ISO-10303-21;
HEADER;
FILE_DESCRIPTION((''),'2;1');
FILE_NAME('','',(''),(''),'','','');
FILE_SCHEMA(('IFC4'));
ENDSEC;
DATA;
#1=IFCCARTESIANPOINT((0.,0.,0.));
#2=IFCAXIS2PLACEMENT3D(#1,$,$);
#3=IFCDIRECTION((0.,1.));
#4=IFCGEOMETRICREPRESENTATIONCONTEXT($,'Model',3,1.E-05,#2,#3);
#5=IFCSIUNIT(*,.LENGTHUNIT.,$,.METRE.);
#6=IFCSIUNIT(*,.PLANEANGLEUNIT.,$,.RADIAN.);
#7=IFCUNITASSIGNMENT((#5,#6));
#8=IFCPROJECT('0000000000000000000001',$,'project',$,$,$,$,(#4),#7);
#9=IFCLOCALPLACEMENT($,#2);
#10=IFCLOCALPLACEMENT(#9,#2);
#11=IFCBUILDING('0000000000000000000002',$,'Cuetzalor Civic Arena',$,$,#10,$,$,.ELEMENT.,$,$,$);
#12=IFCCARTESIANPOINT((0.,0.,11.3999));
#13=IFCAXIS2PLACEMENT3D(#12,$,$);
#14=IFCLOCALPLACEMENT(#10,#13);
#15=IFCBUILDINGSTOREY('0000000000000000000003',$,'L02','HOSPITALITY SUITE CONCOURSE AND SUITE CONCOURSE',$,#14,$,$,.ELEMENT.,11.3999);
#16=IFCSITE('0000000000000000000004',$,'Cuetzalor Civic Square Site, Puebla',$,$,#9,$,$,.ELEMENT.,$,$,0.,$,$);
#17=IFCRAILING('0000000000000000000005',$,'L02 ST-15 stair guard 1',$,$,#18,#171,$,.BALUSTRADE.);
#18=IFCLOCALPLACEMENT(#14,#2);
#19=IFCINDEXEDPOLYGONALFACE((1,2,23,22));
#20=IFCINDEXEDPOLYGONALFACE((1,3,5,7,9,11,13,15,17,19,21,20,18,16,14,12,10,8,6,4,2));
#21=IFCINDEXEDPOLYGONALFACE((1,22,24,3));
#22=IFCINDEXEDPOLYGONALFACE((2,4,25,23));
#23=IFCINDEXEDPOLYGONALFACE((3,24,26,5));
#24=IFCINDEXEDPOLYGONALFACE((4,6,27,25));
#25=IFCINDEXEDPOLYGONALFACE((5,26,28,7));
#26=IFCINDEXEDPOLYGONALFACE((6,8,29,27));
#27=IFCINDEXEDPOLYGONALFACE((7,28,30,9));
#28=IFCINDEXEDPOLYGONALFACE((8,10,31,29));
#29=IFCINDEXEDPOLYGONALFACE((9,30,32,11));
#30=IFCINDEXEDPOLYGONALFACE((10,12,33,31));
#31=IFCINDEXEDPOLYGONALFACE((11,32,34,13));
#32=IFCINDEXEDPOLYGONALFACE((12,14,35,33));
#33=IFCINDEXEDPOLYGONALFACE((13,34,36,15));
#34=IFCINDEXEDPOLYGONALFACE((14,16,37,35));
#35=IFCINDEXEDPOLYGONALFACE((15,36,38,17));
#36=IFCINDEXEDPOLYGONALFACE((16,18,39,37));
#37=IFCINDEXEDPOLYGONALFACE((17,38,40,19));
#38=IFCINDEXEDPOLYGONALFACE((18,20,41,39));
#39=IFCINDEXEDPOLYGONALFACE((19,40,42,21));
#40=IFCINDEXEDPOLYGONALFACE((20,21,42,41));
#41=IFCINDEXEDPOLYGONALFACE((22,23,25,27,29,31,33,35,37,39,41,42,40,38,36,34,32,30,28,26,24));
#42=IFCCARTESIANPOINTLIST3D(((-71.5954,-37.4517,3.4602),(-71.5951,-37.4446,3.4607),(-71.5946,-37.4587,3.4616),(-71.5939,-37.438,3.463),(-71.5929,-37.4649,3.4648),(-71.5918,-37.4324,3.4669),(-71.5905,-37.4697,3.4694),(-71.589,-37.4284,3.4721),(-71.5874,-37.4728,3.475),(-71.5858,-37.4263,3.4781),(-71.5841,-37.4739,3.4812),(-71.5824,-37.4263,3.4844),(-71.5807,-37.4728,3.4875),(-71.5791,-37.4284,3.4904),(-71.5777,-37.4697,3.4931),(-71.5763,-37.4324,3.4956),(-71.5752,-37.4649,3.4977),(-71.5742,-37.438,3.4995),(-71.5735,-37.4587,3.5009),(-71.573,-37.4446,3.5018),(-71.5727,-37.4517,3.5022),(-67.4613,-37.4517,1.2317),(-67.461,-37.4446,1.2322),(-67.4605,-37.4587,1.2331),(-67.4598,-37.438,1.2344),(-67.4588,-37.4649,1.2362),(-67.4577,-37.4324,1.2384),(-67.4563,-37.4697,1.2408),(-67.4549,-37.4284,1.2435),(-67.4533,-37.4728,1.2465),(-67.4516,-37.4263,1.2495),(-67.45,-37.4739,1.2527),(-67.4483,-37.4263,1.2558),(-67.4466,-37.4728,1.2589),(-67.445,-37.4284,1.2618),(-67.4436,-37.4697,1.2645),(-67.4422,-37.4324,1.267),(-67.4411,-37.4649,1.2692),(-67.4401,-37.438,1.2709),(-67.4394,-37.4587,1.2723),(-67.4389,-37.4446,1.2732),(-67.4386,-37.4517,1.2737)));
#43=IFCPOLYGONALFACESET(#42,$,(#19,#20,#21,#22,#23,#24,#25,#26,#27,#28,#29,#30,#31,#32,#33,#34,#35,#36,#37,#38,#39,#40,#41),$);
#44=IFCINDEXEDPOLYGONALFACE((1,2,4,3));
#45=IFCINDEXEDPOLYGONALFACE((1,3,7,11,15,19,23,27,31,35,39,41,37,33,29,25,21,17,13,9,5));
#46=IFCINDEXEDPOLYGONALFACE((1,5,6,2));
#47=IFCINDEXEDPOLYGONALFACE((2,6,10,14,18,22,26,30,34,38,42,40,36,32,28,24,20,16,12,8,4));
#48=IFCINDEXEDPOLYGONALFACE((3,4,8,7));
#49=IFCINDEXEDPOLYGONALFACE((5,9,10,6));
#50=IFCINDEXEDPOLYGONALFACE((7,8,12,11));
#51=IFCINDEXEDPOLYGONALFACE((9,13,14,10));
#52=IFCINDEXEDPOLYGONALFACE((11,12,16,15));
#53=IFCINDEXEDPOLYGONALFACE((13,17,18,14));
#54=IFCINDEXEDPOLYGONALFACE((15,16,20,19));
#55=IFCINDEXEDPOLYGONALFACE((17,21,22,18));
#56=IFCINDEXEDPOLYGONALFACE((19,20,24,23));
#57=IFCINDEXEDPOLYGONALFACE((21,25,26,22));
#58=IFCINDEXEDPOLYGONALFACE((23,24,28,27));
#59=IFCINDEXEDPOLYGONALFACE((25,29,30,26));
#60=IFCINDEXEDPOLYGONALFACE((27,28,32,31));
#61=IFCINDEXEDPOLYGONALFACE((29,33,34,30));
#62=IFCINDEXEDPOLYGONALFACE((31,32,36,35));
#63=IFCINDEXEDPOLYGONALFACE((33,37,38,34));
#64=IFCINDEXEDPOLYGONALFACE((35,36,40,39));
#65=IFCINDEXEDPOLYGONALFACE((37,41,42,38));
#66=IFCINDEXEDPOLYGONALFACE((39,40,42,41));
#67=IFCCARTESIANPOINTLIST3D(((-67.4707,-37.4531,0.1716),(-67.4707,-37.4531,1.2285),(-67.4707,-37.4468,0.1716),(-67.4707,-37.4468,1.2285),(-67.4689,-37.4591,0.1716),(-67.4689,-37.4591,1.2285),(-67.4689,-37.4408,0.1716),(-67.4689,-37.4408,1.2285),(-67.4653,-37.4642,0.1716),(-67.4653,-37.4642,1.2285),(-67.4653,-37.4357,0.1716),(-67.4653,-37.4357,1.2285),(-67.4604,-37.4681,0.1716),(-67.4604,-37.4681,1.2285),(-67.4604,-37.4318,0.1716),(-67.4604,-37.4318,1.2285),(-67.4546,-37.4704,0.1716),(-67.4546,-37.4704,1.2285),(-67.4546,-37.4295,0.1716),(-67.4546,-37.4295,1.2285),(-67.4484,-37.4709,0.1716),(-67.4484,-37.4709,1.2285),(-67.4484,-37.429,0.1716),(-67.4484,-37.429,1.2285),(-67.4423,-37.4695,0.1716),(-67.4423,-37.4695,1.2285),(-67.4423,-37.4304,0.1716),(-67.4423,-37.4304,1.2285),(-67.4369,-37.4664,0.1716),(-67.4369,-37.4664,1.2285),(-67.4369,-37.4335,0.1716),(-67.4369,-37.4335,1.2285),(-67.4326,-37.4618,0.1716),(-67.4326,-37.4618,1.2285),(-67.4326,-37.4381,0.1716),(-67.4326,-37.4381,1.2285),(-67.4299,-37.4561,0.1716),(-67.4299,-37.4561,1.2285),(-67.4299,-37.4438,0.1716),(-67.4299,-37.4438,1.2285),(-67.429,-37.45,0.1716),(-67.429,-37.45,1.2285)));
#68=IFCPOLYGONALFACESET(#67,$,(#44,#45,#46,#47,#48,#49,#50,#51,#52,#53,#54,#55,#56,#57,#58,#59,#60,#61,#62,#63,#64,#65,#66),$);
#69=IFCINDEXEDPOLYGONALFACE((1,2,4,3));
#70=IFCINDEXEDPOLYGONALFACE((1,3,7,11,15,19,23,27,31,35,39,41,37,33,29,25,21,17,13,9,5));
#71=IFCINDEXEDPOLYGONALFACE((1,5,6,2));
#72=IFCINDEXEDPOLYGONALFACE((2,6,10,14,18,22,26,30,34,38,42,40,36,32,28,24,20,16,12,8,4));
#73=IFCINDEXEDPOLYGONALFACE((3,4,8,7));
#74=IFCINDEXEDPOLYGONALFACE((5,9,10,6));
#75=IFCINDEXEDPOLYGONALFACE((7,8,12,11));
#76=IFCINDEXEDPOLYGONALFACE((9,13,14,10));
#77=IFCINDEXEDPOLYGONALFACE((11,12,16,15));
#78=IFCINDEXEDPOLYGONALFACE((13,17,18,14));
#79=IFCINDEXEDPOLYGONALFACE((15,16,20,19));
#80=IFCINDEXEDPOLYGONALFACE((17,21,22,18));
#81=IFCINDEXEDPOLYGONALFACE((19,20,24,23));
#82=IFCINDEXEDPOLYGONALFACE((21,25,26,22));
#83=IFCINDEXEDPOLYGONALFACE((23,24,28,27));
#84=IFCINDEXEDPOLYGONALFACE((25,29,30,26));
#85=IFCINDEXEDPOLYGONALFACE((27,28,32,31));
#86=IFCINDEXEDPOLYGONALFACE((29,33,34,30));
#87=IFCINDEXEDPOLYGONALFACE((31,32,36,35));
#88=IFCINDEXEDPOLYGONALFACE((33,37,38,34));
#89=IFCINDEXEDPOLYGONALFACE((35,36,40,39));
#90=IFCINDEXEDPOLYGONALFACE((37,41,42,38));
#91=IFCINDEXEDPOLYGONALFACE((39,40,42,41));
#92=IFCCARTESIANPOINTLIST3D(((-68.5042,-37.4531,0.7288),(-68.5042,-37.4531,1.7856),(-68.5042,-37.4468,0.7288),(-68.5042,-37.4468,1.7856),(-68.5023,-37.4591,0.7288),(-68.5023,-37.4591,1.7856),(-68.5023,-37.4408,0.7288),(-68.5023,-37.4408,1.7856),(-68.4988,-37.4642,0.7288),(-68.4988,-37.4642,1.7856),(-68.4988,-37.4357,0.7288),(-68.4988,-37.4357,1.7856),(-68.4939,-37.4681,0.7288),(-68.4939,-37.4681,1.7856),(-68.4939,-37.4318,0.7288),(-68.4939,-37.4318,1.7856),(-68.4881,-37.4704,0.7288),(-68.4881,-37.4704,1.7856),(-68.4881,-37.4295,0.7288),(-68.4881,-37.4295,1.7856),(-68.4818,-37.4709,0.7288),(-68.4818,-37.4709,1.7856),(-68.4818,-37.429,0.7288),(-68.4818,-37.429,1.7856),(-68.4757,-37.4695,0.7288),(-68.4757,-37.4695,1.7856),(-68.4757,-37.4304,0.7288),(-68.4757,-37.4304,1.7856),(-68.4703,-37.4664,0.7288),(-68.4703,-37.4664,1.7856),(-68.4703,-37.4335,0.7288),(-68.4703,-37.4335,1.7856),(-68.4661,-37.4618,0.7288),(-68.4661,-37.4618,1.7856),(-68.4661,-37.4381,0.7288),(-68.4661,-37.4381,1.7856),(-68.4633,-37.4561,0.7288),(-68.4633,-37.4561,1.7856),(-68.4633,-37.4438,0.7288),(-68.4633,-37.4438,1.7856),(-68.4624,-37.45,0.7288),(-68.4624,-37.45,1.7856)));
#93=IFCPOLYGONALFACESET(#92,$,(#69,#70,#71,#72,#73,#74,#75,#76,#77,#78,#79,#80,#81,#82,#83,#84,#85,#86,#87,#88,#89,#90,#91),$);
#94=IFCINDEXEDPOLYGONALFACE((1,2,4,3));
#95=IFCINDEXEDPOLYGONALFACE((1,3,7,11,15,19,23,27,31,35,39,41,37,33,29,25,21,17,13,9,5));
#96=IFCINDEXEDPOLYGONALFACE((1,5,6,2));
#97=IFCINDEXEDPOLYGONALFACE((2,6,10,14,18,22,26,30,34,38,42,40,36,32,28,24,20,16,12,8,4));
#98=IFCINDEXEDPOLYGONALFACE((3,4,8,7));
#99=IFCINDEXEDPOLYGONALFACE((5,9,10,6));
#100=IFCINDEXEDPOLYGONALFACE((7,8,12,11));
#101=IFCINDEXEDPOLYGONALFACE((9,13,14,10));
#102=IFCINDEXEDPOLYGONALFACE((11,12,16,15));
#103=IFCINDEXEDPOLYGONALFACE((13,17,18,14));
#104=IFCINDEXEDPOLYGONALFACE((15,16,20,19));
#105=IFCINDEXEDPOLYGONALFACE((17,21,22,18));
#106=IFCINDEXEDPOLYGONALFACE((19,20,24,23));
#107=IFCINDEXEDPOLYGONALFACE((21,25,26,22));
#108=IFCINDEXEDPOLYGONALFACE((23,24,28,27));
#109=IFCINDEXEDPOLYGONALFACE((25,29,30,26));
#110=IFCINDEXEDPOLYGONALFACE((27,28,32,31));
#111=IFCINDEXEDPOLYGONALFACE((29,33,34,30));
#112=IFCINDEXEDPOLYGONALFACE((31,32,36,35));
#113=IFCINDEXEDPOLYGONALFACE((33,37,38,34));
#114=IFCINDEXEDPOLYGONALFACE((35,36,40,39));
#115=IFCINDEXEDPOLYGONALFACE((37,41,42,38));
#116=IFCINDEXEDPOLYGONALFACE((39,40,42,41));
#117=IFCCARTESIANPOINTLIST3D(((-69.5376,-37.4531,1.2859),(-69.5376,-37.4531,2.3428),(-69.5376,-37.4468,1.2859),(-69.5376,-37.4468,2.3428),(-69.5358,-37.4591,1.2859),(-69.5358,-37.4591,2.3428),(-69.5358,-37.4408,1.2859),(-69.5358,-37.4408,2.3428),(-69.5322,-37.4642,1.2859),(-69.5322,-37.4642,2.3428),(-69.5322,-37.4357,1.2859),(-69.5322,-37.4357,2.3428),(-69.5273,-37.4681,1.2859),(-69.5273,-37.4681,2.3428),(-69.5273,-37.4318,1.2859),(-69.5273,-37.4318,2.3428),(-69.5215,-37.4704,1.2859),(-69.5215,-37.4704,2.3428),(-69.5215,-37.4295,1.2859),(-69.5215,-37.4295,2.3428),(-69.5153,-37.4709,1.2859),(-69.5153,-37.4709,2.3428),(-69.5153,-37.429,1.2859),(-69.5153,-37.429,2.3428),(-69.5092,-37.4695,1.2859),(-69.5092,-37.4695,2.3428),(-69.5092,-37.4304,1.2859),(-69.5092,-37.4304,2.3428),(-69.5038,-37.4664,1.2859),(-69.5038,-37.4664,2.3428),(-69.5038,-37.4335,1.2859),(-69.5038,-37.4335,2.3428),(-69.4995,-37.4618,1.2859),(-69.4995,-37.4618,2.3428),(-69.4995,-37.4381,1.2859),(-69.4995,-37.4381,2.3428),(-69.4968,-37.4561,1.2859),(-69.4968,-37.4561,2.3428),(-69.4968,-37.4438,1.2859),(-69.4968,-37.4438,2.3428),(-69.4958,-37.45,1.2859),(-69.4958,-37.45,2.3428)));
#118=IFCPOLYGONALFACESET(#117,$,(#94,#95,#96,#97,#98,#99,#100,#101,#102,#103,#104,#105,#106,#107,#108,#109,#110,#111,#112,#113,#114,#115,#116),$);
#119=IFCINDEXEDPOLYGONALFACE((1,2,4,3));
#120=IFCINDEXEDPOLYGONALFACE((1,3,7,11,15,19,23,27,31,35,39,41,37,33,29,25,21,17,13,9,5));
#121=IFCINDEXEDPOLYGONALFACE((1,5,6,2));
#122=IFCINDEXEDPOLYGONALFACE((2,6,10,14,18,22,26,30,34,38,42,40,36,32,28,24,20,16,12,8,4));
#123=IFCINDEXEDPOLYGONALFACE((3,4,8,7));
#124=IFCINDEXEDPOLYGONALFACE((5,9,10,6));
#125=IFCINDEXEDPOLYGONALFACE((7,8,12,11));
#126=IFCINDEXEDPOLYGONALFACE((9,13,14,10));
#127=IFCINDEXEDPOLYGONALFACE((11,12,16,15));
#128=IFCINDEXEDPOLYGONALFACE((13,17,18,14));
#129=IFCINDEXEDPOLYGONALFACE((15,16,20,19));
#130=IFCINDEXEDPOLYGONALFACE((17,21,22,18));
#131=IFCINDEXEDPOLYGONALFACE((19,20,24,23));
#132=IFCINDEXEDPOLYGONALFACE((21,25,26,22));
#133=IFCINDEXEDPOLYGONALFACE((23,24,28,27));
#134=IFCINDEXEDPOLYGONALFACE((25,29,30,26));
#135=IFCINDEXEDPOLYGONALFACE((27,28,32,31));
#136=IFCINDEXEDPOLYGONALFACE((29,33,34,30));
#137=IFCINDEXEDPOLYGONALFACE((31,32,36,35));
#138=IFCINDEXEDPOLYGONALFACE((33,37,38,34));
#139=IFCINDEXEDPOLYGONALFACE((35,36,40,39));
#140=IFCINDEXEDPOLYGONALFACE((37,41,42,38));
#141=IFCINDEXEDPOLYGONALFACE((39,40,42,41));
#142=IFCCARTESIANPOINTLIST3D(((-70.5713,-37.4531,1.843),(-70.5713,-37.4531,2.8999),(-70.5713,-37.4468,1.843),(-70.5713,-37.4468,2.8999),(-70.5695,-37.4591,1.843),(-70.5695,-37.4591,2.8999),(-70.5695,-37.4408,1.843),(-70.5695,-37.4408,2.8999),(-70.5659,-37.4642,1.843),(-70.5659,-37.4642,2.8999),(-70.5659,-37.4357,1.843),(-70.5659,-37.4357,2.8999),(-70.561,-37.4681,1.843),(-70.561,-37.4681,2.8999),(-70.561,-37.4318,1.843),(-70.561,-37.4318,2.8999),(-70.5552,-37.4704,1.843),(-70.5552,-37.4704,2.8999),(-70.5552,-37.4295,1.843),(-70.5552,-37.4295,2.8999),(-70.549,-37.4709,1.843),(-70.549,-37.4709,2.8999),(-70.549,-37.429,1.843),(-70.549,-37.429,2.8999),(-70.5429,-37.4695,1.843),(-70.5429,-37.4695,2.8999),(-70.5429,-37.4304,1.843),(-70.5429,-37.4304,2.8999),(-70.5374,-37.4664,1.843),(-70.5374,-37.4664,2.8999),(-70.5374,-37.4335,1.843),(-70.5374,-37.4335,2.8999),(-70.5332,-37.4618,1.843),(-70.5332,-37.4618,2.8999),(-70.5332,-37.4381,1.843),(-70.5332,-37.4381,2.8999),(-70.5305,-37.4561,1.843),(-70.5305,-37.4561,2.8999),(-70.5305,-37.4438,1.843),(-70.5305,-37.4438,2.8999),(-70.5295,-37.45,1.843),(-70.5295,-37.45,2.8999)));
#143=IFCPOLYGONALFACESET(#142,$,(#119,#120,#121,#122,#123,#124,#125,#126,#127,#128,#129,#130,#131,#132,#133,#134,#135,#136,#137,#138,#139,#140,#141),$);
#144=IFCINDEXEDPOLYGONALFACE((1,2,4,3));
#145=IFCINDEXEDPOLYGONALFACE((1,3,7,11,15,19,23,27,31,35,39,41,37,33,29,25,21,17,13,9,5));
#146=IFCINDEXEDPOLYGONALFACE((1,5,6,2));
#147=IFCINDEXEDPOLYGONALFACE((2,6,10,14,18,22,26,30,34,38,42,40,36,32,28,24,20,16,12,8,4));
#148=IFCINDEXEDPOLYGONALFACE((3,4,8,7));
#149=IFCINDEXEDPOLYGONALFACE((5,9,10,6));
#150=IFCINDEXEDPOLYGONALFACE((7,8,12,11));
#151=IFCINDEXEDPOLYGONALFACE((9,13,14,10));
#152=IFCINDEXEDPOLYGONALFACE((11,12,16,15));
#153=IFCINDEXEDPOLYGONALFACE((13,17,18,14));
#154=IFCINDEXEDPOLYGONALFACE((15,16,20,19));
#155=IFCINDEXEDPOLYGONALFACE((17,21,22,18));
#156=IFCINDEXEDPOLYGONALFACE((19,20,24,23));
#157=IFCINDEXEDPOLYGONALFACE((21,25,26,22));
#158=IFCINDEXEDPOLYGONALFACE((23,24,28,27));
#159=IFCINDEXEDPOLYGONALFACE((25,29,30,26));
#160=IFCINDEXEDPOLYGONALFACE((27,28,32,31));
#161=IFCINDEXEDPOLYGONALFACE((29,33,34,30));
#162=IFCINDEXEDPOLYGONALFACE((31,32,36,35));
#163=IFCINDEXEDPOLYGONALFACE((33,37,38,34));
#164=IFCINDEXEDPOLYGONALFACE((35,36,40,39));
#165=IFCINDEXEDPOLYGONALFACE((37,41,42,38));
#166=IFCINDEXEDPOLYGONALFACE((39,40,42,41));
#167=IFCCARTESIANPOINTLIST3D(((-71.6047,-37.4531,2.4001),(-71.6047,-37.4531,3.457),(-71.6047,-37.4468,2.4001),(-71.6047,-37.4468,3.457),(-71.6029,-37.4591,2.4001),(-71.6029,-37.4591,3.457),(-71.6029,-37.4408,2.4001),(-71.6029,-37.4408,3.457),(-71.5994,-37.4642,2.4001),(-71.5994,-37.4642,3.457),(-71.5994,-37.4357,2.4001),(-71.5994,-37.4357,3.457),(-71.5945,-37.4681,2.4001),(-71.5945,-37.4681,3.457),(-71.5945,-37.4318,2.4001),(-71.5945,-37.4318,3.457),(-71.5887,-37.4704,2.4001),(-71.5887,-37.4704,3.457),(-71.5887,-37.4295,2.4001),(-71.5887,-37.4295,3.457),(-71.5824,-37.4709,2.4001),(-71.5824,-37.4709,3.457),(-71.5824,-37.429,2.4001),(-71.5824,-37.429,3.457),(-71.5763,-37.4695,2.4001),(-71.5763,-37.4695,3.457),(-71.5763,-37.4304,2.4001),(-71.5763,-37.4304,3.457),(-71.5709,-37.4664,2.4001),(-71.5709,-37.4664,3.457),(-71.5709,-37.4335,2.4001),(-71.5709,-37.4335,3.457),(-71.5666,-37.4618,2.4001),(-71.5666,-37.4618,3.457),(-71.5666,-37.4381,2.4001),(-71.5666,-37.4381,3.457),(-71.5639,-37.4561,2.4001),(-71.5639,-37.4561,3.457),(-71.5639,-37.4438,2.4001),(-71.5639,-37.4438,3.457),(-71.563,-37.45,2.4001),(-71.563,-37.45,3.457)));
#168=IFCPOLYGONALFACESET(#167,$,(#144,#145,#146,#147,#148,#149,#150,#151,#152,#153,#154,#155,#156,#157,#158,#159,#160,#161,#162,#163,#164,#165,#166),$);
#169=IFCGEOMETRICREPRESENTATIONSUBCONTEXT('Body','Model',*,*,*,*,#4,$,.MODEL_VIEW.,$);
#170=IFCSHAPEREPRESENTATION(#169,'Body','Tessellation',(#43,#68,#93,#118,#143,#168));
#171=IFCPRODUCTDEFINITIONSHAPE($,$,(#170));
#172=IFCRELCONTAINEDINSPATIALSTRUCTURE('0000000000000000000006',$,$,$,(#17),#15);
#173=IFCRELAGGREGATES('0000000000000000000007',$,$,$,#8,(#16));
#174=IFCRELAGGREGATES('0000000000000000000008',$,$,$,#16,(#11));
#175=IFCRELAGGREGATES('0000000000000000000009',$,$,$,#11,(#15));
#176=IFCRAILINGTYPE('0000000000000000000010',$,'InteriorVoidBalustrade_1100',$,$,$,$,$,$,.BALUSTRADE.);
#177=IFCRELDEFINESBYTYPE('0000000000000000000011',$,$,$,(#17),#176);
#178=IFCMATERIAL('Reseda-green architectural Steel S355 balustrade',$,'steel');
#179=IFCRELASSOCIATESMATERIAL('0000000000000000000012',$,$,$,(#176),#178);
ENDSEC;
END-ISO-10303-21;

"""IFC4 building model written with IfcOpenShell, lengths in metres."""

from ifc_helpers import new_model, si_unit, direction, frame, origin, origin_2d, place, context, subcontext, project, spatial, circle, extrude, material, type_object, element, save


model = new_model("IFC4")

# Units and contexts
model_context = context("Model", 3, precision=1e-05, world=origin(), true_north=direction((0.0, 1.0)))
body_context = subcontext(model_context, "Body", "Model", "MODEL_VIEW")
ifc_project = project(units=[si_unit("LENGTHUNIT", "METRE"), si_unit("PLANEANGLEUNIT", "RADIAN")], contexts=[model_context])

# Site, building, storey
site_placement = place(None, origin())
site = spatial("IfcSite", under=ifc_project, at=site_placement, Name="Cuetzalor Civic Square Site, Puebla", CompositionType="ELEMENT", RefElevation=0.0)
building_placement = place(site_placement, origin())
building = spatial("IfcBuilding", under=site, at=building_placement, Name="Cuetzalor Civic Arena", CompositionType="ELEMENT")
storey_placement = place(building_placement, frame((0.0, 0.0, 11.3999)))
storey = spatial("IfcBuildingStorey", under=building, at=storey_placement, Name="L02", Description="HOSPITALITY SUITE CONCOURSE AND SUITE CONCOURSE", CompositionType="ELEMENT", Elevation=11.3999)

# Railing
ifc_material_1 = material(Name="Reseda-green architectural Steel S355 balustrade", Category="steel")
railing_type_1 = type_object("IfcRailingType", Name="InteriorVoidBalustrade_1100", PredefinedType="BALUSTRADE", material=ifc_material_1)
railing_1_placement = place(storey_placement, frame((-67.45, -37.45, 0.1716)))
element("IfcRailing", 1, at=railing_1_placement, inside=storey, type_object=railing_type_1, Name="L02 ST-15 stair guard 1", PredefinedType="BALUSTRADE", context=body_context, shape_type="SweptSolid", body=[
    extrude(circle(Radius=0.0239, at=origin_2d()), frame((0.0, 0.0, 1.0811), z_axis=(-0.880249, 0.0, 0.474512), x_axis=(0.0, -1.0, 0.0)), (0.0, 0.0, 1.0), 4.6965),
    extrude(circle(Radius=0.021, at=origin_2d()), origin(), (0.0, 0.0, 1.0), 1.0569),
    extrude(circle(Radius=0.021, at=origin_2d()), frame((-1.0334, 0.0, 0.5571)), (0.0, 0.0, 1.0), 1.0569),
    extrude(circle(Radius=0.021, at=origin_2d()), frame((-2.0669, 0.0, 1.1143)), (0.0, 0.0, 1.0), 1.0569),
    extrude(circle(Radius=0.021, at=origin_2d()), frame((-3.1006, 0.0, 1.6714)), (0.0, 0.0, 1.0), 1.0569),
    extrude(circle(Radius=0.021, at=origin_2d()), frame((-4.134, 0.0, 2.2285)), (0.0, 0.0, 1.0), 1.0569),
])

save(model, "model.ifc")
